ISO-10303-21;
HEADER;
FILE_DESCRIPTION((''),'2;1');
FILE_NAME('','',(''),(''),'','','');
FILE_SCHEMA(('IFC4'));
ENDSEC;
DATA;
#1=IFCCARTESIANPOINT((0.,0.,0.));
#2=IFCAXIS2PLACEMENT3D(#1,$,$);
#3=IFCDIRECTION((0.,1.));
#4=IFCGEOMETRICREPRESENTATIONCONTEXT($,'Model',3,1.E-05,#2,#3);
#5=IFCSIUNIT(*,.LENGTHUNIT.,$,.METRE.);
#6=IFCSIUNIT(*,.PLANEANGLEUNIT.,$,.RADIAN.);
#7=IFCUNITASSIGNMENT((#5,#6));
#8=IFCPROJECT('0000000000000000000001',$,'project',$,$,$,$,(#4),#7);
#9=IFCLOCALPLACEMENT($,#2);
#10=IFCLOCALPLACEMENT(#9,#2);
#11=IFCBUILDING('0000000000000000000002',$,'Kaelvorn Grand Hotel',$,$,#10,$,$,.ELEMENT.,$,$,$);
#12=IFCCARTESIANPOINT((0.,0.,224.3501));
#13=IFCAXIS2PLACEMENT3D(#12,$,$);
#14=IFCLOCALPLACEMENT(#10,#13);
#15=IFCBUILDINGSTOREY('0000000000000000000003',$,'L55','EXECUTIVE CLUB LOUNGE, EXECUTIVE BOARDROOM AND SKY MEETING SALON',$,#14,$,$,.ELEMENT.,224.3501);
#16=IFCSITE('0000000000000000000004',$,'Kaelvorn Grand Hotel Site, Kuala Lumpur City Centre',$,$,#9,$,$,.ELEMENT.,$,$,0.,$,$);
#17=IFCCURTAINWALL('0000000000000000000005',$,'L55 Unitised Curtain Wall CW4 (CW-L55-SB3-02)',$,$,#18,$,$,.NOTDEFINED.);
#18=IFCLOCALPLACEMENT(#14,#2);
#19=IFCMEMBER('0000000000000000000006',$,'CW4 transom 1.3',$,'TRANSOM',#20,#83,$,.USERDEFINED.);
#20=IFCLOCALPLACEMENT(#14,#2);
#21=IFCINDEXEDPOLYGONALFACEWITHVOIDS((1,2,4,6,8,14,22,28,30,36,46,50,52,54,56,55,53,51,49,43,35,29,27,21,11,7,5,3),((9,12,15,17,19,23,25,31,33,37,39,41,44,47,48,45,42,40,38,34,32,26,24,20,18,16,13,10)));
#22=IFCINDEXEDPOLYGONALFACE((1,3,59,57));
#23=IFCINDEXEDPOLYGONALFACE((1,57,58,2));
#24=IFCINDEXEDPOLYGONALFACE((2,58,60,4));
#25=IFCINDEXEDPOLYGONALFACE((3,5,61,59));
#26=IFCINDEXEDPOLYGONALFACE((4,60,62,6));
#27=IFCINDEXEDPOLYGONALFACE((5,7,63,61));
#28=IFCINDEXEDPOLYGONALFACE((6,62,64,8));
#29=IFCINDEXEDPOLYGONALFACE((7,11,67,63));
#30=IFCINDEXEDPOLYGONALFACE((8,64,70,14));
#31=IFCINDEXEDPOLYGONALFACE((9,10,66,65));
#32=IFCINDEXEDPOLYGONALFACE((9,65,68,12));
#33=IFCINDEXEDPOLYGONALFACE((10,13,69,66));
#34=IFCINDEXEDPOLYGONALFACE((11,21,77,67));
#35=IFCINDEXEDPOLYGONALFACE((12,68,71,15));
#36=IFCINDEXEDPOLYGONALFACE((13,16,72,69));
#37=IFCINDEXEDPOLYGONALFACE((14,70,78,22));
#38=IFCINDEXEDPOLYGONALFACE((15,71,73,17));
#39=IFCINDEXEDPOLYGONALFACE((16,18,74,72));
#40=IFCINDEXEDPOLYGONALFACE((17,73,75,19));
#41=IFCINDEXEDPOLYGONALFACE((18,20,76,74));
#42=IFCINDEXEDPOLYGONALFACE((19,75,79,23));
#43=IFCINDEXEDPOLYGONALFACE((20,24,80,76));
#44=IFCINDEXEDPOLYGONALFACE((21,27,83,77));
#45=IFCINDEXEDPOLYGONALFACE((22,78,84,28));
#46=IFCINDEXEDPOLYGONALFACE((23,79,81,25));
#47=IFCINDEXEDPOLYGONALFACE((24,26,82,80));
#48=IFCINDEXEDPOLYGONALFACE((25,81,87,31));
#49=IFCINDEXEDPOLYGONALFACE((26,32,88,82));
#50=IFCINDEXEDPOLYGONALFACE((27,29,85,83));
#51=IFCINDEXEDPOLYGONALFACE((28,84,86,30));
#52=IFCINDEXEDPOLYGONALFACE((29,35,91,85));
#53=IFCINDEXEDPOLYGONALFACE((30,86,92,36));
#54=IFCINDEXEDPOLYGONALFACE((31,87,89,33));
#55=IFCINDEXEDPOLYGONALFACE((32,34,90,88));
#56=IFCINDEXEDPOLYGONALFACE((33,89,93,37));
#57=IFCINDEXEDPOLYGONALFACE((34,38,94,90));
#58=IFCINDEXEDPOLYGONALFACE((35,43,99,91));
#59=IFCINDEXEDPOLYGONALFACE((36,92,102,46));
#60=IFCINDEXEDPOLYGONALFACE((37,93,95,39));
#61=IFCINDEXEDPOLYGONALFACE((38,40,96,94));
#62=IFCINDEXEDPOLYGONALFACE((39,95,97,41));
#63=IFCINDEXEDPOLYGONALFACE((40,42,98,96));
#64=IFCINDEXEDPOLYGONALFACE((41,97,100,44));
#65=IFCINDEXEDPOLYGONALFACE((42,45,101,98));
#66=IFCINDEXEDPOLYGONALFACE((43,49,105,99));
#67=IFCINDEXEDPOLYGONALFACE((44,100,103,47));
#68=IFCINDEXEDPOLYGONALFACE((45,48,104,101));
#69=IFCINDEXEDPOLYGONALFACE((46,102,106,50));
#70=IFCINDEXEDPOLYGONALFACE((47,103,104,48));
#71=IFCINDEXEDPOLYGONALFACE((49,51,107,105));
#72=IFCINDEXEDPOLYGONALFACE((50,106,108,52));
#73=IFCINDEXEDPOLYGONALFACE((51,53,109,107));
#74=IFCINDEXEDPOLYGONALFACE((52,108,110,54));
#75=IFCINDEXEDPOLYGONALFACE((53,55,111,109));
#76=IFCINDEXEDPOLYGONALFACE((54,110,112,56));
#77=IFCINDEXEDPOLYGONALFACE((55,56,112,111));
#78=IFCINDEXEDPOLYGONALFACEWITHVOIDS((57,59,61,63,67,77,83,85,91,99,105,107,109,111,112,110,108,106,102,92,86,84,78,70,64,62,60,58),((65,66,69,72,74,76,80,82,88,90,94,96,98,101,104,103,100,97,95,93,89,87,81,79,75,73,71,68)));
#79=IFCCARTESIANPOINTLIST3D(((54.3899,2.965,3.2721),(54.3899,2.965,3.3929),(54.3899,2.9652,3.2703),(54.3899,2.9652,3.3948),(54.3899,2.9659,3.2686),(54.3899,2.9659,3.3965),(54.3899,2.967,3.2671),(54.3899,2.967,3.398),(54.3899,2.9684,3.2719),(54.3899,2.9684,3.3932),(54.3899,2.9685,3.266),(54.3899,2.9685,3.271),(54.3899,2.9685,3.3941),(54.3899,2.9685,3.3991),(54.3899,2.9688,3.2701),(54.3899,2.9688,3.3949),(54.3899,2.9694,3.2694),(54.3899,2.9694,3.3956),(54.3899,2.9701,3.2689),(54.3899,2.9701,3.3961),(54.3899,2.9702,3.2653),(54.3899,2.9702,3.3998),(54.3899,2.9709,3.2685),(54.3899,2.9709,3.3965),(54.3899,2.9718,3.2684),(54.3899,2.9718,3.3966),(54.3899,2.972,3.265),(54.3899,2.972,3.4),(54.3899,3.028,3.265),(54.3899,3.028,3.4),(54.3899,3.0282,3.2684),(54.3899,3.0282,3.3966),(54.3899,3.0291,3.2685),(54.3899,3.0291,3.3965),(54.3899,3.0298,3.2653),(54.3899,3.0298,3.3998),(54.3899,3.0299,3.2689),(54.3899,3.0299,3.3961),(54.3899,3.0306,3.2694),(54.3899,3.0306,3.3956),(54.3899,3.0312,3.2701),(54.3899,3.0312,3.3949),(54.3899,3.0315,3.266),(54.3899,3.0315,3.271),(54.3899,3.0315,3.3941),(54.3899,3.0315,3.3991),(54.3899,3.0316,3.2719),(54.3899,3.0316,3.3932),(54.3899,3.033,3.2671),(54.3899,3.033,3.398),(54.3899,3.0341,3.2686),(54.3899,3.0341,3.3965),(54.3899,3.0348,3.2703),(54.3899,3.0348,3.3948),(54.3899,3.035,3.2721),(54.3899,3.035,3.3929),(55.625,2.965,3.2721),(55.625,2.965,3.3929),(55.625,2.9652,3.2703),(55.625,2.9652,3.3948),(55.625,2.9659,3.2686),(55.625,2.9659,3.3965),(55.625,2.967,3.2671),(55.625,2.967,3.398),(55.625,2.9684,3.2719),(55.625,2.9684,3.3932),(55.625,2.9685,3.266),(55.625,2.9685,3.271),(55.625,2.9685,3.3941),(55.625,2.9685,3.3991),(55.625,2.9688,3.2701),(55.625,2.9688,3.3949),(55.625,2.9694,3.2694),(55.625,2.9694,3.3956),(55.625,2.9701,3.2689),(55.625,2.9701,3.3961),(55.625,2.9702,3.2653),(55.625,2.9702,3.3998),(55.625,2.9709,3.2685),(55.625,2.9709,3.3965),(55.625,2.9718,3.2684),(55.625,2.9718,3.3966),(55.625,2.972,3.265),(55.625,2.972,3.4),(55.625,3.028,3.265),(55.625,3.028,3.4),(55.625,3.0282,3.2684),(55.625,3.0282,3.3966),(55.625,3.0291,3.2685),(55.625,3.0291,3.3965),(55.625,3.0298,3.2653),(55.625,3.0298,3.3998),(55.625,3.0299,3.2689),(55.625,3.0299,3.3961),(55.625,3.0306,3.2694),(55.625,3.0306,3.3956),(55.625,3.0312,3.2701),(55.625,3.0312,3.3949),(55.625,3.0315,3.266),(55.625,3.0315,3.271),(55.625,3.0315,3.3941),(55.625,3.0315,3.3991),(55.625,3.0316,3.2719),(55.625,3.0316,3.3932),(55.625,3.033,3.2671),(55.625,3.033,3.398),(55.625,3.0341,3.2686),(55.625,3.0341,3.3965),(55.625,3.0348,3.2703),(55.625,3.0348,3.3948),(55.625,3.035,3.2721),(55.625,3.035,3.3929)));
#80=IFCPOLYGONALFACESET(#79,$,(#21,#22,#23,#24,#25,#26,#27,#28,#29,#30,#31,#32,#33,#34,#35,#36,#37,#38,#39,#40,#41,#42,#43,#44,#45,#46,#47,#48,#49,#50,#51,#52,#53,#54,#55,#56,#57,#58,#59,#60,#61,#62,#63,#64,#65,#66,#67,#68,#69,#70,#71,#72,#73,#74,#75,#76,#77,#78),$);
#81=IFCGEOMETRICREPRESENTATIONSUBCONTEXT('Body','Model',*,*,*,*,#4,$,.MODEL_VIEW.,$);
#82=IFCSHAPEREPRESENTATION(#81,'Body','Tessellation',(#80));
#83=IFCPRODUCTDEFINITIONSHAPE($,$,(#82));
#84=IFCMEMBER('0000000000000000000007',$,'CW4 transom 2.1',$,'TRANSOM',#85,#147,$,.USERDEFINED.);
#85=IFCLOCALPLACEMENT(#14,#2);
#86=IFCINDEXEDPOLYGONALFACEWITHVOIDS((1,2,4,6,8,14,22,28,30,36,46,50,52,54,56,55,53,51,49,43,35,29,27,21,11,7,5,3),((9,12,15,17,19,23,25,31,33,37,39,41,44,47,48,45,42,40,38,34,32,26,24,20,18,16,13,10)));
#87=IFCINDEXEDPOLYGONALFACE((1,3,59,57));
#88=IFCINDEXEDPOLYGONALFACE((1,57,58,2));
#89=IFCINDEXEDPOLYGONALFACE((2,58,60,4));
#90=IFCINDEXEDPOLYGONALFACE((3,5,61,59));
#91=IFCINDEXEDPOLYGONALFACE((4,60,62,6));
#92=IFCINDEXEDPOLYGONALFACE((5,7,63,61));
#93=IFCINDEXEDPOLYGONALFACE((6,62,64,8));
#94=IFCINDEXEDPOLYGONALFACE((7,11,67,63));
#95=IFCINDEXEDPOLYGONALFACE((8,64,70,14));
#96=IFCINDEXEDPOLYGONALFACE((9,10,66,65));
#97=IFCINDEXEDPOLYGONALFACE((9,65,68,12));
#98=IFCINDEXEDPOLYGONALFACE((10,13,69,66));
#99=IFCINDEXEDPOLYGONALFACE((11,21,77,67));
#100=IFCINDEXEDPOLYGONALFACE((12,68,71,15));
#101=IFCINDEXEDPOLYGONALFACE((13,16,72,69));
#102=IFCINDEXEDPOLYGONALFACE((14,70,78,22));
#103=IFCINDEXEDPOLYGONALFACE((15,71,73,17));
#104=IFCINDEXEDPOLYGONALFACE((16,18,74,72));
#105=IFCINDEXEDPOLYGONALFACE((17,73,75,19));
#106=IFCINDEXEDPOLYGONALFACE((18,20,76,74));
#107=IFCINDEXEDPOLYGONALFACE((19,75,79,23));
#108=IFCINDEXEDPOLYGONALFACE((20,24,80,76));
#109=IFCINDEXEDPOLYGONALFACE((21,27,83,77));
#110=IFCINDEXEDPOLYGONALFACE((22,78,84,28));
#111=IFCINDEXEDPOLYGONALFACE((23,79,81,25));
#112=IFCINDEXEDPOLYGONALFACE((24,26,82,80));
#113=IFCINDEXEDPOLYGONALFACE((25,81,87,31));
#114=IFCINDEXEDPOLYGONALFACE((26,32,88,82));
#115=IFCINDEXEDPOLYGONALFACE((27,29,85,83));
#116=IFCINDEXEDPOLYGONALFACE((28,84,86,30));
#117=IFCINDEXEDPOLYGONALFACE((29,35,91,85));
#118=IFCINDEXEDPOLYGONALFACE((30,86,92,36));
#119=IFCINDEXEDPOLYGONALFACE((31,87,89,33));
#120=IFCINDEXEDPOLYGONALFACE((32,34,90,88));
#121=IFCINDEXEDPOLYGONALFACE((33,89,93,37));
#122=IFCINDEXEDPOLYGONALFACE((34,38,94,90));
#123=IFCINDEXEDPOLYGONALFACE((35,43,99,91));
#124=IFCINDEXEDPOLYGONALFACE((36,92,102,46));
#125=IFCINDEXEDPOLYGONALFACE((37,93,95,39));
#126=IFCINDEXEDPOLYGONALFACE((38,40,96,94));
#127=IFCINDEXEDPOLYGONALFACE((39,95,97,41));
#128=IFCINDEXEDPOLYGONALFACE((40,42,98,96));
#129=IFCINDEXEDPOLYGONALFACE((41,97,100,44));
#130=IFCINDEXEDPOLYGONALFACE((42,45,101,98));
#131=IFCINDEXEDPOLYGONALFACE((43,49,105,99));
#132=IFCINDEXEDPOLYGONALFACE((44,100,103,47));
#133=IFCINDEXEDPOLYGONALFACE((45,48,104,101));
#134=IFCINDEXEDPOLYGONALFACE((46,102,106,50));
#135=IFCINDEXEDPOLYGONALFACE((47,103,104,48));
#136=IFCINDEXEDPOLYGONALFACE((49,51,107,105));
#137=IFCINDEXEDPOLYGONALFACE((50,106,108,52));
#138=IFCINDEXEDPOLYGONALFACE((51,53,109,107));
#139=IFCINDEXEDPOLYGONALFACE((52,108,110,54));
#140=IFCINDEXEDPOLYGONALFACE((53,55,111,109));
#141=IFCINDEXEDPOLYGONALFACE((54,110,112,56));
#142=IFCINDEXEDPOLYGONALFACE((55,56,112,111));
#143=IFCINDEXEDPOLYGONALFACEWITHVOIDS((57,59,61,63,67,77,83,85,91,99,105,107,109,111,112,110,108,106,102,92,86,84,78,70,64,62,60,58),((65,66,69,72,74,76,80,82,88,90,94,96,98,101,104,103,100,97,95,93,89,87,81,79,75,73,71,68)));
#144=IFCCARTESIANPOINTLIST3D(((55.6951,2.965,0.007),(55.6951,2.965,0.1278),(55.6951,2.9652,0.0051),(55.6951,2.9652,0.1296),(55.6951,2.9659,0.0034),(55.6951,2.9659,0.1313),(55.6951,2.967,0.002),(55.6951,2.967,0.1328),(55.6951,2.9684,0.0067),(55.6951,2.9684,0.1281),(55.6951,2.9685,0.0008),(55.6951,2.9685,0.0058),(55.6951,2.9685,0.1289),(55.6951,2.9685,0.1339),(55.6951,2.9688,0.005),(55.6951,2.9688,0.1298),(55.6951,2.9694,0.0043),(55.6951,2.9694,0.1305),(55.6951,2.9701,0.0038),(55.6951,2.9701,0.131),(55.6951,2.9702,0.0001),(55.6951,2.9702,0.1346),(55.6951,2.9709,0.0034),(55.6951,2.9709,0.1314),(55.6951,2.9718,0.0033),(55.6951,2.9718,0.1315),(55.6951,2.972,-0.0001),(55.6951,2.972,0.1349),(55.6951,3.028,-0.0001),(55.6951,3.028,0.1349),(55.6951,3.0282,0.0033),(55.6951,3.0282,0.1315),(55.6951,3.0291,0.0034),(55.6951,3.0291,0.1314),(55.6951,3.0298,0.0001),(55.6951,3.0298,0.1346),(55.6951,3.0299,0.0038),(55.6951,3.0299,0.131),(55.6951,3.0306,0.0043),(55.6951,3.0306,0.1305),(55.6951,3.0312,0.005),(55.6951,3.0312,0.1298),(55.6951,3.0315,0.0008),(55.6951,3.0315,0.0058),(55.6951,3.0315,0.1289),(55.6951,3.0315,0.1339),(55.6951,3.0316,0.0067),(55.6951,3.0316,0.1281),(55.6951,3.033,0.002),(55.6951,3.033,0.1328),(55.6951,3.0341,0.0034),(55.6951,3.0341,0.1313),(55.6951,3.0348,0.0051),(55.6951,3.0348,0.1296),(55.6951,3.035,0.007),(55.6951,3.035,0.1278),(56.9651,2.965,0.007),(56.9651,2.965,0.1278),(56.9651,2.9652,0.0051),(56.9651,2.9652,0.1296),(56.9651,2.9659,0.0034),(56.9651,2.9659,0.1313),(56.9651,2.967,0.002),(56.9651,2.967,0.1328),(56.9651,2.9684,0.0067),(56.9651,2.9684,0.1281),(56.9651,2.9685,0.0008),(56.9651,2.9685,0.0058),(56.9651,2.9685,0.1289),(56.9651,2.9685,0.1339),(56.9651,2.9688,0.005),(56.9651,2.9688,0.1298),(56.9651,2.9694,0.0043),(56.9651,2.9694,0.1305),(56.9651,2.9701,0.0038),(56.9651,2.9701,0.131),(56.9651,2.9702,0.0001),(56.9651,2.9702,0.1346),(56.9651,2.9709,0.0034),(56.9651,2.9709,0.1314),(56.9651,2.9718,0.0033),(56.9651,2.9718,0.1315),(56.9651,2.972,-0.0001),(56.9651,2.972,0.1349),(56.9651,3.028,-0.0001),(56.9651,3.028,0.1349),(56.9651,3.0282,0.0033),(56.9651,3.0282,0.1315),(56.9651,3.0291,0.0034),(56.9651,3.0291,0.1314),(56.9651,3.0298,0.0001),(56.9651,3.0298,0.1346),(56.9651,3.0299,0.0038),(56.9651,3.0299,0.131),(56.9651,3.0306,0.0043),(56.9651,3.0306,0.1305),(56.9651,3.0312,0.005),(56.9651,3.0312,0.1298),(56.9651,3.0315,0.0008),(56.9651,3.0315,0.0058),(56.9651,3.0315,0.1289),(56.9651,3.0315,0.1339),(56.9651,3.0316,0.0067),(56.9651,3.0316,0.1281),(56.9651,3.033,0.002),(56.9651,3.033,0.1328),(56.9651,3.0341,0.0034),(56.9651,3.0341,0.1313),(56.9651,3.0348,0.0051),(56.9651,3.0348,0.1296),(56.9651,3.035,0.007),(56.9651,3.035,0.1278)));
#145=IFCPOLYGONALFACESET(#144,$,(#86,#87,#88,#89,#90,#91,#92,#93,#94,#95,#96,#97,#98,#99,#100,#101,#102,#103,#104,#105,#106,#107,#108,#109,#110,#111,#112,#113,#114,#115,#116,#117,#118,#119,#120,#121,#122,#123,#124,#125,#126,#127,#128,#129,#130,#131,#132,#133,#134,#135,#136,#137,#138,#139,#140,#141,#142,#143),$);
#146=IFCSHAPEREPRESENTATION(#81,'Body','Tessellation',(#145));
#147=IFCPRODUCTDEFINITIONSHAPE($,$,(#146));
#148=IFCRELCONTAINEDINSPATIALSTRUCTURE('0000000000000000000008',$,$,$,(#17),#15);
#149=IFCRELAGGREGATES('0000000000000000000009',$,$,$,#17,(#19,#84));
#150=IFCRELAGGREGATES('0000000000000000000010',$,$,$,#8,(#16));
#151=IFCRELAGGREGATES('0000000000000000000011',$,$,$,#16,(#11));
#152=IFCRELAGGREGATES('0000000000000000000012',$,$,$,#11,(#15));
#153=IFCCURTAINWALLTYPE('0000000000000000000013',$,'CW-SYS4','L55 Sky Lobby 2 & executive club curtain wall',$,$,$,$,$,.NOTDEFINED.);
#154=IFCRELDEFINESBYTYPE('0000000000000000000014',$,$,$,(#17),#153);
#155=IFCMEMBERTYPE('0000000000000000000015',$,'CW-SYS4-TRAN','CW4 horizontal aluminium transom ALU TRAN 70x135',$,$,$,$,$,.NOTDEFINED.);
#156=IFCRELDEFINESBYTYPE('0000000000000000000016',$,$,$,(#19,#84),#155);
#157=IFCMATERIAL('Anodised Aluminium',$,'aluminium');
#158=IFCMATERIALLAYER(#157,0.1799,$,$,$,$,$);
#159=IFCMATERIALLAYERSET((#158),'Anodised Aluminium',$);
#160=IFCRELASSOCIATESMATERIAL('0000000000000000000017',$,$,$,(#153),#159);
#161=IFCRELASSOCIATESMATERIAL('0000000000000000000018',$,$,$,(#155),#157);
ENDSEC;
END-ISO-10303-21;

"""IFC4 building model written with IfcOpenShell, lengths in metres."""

from ifc_helpers import new_model, si_unit, direction, frame, origin, origin_2d, place, context, subcontext, project, spatial, hollow_rectangle, extrude, material, layer, layer_set, material_profile, profile_set, type_object, element, aggregate, save


model = new_model("IFC4")

# Units and contexts
model_context = context("Model", 3, precision=1e-05, world=origin(), true_north=direction((0.0, 1.0)))
body_context = subcontext(model_context, "Body", "Model", "MODEL_VIEW")
ifc_project = project(units=[si_unit("LENGTHUNIT", "METRE"), si_unit("PLANEANGLEUNIT", "RADIAN")], contexts=[model_context])

# Site, building, storey
site_placement = place(None, origin())
site = spatial("IfcSite", under=ifc_project, at=site_placement, Name="Kaelvorn Grand Hotel Site, Kuala Lumpur City Centre", CompositionType="ELEMENT", RefElevation=0.0)
building_placement = place(site_placement, origin())
building = spatial("IfcBuilding", under=site, at=building_placement, Name="Kaelvorn Grand Hotel", CompositionType="ELEMENT")
storey_placement = place(building_placement, frame((0.0, 0.0, 224.3501)))
storey = spatial("IfcBuildingStorey", under=building, at=storey_placement, Name="L55", Description="EXECUTIVE CLUB LOUNGE, EXECUTIVE BOARDROOM AND SKY MEETING SALON", CompositionType="ELEMENT", Elevation=224.3501)

# Curtain wall, members
ifc_material_1 = material(Name="Anodised Aluminium", Category="aluminium")
ifc_layer_1 = layer(ifc_material_1, 0.1799)
ifc_layer_set_1 = layer_set([ifc_layer_1], Name="Anodised Aluminium")
curtain_wall_type = type_object("IfcCurtainWallType", Name="CW-SYS4", Description="L55 Sky Lobby 2 & executive club curtain wall", PredefinedType="NOTDEFINED", material=ifc_layer_set_1)
curtain_wall_placement = place(storey_placement, origin())
curtain_wall = element("IfcCurtainWall", 1, at=curtain_wall_placement, inside=storey, type_object=curtain_wall_type, Name="L55 Unitised Curtain Wall CW4 (CW-L55-SB3-02)", PredefinedType="NOTDEFINED")
ifc_material_profile_1 = material_profile(ifc_material_1, hollow_rectangle(XDim=0.0701, YDim=0.135, WallThickness=0.0034, InnerFilletRadius=0.0034, OuterFilletRadius=0.0071, at=origin_2d()), Name="ALU TRAN 70x135")
ifc_profile_set_1 = profile_set([ifc_material_profile_1], Name="Anodised Aluminium")
member_type_1 = type_object("IfcMemberType", Name="CW-SYS4-TRAN", Description="CW4 horizontal aluminium transom ALU TRAN 70x135", PredefinedType="NOTDEFINED", material=ifc_profile_set_1)
member_1_placement = place(storey_placement, frame((54.3899, 3.0, 3.3325), z_axis=(1.0, 0.0, 0.0), x_axis=(0.0, 1.0, 0.0)))
member_1 = element("IfcMember", 2, at=member_1_placement, type_object=member_type_1, Name="CW4 transom 1.3", ObjectType="TRANSOM", PredefinedType="USERDEFINED", context=body_context, shape_type="SweptSolid", body=[
    extrude(hollow_rectangle(XDim=0.0701, YDim=0.135, WallThickness=0.0034, InnerFilletRadius=0.0034, OuterFilletRadius=0.0071, at=origin_2d()), origin(), (0.0, 0.0, 1.0), 1.2351),
])
member_2_placement = place(storey_placement, frame((55.6951, 3.0, 0.0674), z_axis=(1.0, 0.0, 0.0), x_axis=(0.0, 1.0, 0.0)))
member_2 = element("IfcMember", 3, at=member_2_placement, type_object=member_type_1, Name="CW4 transom 2.1", ObjectType="TRANSOM", PredefinedType="USERDEFINED", context=body_context, shape_type="SweptSolid", body=[
    extrude(hollow_rectangle(XDim=0.0701, YDim=0.135, WallThickness=0.0034, InnerFilletRadius=0.0034, OuterFilletRadius=0.0071, at=origin_2d()), origin(), (0.0, 0.0, 1.0), 1.27),
])
aggregate(curtain_wall, [member_1, member_2])

save(model, "model.ifc")
